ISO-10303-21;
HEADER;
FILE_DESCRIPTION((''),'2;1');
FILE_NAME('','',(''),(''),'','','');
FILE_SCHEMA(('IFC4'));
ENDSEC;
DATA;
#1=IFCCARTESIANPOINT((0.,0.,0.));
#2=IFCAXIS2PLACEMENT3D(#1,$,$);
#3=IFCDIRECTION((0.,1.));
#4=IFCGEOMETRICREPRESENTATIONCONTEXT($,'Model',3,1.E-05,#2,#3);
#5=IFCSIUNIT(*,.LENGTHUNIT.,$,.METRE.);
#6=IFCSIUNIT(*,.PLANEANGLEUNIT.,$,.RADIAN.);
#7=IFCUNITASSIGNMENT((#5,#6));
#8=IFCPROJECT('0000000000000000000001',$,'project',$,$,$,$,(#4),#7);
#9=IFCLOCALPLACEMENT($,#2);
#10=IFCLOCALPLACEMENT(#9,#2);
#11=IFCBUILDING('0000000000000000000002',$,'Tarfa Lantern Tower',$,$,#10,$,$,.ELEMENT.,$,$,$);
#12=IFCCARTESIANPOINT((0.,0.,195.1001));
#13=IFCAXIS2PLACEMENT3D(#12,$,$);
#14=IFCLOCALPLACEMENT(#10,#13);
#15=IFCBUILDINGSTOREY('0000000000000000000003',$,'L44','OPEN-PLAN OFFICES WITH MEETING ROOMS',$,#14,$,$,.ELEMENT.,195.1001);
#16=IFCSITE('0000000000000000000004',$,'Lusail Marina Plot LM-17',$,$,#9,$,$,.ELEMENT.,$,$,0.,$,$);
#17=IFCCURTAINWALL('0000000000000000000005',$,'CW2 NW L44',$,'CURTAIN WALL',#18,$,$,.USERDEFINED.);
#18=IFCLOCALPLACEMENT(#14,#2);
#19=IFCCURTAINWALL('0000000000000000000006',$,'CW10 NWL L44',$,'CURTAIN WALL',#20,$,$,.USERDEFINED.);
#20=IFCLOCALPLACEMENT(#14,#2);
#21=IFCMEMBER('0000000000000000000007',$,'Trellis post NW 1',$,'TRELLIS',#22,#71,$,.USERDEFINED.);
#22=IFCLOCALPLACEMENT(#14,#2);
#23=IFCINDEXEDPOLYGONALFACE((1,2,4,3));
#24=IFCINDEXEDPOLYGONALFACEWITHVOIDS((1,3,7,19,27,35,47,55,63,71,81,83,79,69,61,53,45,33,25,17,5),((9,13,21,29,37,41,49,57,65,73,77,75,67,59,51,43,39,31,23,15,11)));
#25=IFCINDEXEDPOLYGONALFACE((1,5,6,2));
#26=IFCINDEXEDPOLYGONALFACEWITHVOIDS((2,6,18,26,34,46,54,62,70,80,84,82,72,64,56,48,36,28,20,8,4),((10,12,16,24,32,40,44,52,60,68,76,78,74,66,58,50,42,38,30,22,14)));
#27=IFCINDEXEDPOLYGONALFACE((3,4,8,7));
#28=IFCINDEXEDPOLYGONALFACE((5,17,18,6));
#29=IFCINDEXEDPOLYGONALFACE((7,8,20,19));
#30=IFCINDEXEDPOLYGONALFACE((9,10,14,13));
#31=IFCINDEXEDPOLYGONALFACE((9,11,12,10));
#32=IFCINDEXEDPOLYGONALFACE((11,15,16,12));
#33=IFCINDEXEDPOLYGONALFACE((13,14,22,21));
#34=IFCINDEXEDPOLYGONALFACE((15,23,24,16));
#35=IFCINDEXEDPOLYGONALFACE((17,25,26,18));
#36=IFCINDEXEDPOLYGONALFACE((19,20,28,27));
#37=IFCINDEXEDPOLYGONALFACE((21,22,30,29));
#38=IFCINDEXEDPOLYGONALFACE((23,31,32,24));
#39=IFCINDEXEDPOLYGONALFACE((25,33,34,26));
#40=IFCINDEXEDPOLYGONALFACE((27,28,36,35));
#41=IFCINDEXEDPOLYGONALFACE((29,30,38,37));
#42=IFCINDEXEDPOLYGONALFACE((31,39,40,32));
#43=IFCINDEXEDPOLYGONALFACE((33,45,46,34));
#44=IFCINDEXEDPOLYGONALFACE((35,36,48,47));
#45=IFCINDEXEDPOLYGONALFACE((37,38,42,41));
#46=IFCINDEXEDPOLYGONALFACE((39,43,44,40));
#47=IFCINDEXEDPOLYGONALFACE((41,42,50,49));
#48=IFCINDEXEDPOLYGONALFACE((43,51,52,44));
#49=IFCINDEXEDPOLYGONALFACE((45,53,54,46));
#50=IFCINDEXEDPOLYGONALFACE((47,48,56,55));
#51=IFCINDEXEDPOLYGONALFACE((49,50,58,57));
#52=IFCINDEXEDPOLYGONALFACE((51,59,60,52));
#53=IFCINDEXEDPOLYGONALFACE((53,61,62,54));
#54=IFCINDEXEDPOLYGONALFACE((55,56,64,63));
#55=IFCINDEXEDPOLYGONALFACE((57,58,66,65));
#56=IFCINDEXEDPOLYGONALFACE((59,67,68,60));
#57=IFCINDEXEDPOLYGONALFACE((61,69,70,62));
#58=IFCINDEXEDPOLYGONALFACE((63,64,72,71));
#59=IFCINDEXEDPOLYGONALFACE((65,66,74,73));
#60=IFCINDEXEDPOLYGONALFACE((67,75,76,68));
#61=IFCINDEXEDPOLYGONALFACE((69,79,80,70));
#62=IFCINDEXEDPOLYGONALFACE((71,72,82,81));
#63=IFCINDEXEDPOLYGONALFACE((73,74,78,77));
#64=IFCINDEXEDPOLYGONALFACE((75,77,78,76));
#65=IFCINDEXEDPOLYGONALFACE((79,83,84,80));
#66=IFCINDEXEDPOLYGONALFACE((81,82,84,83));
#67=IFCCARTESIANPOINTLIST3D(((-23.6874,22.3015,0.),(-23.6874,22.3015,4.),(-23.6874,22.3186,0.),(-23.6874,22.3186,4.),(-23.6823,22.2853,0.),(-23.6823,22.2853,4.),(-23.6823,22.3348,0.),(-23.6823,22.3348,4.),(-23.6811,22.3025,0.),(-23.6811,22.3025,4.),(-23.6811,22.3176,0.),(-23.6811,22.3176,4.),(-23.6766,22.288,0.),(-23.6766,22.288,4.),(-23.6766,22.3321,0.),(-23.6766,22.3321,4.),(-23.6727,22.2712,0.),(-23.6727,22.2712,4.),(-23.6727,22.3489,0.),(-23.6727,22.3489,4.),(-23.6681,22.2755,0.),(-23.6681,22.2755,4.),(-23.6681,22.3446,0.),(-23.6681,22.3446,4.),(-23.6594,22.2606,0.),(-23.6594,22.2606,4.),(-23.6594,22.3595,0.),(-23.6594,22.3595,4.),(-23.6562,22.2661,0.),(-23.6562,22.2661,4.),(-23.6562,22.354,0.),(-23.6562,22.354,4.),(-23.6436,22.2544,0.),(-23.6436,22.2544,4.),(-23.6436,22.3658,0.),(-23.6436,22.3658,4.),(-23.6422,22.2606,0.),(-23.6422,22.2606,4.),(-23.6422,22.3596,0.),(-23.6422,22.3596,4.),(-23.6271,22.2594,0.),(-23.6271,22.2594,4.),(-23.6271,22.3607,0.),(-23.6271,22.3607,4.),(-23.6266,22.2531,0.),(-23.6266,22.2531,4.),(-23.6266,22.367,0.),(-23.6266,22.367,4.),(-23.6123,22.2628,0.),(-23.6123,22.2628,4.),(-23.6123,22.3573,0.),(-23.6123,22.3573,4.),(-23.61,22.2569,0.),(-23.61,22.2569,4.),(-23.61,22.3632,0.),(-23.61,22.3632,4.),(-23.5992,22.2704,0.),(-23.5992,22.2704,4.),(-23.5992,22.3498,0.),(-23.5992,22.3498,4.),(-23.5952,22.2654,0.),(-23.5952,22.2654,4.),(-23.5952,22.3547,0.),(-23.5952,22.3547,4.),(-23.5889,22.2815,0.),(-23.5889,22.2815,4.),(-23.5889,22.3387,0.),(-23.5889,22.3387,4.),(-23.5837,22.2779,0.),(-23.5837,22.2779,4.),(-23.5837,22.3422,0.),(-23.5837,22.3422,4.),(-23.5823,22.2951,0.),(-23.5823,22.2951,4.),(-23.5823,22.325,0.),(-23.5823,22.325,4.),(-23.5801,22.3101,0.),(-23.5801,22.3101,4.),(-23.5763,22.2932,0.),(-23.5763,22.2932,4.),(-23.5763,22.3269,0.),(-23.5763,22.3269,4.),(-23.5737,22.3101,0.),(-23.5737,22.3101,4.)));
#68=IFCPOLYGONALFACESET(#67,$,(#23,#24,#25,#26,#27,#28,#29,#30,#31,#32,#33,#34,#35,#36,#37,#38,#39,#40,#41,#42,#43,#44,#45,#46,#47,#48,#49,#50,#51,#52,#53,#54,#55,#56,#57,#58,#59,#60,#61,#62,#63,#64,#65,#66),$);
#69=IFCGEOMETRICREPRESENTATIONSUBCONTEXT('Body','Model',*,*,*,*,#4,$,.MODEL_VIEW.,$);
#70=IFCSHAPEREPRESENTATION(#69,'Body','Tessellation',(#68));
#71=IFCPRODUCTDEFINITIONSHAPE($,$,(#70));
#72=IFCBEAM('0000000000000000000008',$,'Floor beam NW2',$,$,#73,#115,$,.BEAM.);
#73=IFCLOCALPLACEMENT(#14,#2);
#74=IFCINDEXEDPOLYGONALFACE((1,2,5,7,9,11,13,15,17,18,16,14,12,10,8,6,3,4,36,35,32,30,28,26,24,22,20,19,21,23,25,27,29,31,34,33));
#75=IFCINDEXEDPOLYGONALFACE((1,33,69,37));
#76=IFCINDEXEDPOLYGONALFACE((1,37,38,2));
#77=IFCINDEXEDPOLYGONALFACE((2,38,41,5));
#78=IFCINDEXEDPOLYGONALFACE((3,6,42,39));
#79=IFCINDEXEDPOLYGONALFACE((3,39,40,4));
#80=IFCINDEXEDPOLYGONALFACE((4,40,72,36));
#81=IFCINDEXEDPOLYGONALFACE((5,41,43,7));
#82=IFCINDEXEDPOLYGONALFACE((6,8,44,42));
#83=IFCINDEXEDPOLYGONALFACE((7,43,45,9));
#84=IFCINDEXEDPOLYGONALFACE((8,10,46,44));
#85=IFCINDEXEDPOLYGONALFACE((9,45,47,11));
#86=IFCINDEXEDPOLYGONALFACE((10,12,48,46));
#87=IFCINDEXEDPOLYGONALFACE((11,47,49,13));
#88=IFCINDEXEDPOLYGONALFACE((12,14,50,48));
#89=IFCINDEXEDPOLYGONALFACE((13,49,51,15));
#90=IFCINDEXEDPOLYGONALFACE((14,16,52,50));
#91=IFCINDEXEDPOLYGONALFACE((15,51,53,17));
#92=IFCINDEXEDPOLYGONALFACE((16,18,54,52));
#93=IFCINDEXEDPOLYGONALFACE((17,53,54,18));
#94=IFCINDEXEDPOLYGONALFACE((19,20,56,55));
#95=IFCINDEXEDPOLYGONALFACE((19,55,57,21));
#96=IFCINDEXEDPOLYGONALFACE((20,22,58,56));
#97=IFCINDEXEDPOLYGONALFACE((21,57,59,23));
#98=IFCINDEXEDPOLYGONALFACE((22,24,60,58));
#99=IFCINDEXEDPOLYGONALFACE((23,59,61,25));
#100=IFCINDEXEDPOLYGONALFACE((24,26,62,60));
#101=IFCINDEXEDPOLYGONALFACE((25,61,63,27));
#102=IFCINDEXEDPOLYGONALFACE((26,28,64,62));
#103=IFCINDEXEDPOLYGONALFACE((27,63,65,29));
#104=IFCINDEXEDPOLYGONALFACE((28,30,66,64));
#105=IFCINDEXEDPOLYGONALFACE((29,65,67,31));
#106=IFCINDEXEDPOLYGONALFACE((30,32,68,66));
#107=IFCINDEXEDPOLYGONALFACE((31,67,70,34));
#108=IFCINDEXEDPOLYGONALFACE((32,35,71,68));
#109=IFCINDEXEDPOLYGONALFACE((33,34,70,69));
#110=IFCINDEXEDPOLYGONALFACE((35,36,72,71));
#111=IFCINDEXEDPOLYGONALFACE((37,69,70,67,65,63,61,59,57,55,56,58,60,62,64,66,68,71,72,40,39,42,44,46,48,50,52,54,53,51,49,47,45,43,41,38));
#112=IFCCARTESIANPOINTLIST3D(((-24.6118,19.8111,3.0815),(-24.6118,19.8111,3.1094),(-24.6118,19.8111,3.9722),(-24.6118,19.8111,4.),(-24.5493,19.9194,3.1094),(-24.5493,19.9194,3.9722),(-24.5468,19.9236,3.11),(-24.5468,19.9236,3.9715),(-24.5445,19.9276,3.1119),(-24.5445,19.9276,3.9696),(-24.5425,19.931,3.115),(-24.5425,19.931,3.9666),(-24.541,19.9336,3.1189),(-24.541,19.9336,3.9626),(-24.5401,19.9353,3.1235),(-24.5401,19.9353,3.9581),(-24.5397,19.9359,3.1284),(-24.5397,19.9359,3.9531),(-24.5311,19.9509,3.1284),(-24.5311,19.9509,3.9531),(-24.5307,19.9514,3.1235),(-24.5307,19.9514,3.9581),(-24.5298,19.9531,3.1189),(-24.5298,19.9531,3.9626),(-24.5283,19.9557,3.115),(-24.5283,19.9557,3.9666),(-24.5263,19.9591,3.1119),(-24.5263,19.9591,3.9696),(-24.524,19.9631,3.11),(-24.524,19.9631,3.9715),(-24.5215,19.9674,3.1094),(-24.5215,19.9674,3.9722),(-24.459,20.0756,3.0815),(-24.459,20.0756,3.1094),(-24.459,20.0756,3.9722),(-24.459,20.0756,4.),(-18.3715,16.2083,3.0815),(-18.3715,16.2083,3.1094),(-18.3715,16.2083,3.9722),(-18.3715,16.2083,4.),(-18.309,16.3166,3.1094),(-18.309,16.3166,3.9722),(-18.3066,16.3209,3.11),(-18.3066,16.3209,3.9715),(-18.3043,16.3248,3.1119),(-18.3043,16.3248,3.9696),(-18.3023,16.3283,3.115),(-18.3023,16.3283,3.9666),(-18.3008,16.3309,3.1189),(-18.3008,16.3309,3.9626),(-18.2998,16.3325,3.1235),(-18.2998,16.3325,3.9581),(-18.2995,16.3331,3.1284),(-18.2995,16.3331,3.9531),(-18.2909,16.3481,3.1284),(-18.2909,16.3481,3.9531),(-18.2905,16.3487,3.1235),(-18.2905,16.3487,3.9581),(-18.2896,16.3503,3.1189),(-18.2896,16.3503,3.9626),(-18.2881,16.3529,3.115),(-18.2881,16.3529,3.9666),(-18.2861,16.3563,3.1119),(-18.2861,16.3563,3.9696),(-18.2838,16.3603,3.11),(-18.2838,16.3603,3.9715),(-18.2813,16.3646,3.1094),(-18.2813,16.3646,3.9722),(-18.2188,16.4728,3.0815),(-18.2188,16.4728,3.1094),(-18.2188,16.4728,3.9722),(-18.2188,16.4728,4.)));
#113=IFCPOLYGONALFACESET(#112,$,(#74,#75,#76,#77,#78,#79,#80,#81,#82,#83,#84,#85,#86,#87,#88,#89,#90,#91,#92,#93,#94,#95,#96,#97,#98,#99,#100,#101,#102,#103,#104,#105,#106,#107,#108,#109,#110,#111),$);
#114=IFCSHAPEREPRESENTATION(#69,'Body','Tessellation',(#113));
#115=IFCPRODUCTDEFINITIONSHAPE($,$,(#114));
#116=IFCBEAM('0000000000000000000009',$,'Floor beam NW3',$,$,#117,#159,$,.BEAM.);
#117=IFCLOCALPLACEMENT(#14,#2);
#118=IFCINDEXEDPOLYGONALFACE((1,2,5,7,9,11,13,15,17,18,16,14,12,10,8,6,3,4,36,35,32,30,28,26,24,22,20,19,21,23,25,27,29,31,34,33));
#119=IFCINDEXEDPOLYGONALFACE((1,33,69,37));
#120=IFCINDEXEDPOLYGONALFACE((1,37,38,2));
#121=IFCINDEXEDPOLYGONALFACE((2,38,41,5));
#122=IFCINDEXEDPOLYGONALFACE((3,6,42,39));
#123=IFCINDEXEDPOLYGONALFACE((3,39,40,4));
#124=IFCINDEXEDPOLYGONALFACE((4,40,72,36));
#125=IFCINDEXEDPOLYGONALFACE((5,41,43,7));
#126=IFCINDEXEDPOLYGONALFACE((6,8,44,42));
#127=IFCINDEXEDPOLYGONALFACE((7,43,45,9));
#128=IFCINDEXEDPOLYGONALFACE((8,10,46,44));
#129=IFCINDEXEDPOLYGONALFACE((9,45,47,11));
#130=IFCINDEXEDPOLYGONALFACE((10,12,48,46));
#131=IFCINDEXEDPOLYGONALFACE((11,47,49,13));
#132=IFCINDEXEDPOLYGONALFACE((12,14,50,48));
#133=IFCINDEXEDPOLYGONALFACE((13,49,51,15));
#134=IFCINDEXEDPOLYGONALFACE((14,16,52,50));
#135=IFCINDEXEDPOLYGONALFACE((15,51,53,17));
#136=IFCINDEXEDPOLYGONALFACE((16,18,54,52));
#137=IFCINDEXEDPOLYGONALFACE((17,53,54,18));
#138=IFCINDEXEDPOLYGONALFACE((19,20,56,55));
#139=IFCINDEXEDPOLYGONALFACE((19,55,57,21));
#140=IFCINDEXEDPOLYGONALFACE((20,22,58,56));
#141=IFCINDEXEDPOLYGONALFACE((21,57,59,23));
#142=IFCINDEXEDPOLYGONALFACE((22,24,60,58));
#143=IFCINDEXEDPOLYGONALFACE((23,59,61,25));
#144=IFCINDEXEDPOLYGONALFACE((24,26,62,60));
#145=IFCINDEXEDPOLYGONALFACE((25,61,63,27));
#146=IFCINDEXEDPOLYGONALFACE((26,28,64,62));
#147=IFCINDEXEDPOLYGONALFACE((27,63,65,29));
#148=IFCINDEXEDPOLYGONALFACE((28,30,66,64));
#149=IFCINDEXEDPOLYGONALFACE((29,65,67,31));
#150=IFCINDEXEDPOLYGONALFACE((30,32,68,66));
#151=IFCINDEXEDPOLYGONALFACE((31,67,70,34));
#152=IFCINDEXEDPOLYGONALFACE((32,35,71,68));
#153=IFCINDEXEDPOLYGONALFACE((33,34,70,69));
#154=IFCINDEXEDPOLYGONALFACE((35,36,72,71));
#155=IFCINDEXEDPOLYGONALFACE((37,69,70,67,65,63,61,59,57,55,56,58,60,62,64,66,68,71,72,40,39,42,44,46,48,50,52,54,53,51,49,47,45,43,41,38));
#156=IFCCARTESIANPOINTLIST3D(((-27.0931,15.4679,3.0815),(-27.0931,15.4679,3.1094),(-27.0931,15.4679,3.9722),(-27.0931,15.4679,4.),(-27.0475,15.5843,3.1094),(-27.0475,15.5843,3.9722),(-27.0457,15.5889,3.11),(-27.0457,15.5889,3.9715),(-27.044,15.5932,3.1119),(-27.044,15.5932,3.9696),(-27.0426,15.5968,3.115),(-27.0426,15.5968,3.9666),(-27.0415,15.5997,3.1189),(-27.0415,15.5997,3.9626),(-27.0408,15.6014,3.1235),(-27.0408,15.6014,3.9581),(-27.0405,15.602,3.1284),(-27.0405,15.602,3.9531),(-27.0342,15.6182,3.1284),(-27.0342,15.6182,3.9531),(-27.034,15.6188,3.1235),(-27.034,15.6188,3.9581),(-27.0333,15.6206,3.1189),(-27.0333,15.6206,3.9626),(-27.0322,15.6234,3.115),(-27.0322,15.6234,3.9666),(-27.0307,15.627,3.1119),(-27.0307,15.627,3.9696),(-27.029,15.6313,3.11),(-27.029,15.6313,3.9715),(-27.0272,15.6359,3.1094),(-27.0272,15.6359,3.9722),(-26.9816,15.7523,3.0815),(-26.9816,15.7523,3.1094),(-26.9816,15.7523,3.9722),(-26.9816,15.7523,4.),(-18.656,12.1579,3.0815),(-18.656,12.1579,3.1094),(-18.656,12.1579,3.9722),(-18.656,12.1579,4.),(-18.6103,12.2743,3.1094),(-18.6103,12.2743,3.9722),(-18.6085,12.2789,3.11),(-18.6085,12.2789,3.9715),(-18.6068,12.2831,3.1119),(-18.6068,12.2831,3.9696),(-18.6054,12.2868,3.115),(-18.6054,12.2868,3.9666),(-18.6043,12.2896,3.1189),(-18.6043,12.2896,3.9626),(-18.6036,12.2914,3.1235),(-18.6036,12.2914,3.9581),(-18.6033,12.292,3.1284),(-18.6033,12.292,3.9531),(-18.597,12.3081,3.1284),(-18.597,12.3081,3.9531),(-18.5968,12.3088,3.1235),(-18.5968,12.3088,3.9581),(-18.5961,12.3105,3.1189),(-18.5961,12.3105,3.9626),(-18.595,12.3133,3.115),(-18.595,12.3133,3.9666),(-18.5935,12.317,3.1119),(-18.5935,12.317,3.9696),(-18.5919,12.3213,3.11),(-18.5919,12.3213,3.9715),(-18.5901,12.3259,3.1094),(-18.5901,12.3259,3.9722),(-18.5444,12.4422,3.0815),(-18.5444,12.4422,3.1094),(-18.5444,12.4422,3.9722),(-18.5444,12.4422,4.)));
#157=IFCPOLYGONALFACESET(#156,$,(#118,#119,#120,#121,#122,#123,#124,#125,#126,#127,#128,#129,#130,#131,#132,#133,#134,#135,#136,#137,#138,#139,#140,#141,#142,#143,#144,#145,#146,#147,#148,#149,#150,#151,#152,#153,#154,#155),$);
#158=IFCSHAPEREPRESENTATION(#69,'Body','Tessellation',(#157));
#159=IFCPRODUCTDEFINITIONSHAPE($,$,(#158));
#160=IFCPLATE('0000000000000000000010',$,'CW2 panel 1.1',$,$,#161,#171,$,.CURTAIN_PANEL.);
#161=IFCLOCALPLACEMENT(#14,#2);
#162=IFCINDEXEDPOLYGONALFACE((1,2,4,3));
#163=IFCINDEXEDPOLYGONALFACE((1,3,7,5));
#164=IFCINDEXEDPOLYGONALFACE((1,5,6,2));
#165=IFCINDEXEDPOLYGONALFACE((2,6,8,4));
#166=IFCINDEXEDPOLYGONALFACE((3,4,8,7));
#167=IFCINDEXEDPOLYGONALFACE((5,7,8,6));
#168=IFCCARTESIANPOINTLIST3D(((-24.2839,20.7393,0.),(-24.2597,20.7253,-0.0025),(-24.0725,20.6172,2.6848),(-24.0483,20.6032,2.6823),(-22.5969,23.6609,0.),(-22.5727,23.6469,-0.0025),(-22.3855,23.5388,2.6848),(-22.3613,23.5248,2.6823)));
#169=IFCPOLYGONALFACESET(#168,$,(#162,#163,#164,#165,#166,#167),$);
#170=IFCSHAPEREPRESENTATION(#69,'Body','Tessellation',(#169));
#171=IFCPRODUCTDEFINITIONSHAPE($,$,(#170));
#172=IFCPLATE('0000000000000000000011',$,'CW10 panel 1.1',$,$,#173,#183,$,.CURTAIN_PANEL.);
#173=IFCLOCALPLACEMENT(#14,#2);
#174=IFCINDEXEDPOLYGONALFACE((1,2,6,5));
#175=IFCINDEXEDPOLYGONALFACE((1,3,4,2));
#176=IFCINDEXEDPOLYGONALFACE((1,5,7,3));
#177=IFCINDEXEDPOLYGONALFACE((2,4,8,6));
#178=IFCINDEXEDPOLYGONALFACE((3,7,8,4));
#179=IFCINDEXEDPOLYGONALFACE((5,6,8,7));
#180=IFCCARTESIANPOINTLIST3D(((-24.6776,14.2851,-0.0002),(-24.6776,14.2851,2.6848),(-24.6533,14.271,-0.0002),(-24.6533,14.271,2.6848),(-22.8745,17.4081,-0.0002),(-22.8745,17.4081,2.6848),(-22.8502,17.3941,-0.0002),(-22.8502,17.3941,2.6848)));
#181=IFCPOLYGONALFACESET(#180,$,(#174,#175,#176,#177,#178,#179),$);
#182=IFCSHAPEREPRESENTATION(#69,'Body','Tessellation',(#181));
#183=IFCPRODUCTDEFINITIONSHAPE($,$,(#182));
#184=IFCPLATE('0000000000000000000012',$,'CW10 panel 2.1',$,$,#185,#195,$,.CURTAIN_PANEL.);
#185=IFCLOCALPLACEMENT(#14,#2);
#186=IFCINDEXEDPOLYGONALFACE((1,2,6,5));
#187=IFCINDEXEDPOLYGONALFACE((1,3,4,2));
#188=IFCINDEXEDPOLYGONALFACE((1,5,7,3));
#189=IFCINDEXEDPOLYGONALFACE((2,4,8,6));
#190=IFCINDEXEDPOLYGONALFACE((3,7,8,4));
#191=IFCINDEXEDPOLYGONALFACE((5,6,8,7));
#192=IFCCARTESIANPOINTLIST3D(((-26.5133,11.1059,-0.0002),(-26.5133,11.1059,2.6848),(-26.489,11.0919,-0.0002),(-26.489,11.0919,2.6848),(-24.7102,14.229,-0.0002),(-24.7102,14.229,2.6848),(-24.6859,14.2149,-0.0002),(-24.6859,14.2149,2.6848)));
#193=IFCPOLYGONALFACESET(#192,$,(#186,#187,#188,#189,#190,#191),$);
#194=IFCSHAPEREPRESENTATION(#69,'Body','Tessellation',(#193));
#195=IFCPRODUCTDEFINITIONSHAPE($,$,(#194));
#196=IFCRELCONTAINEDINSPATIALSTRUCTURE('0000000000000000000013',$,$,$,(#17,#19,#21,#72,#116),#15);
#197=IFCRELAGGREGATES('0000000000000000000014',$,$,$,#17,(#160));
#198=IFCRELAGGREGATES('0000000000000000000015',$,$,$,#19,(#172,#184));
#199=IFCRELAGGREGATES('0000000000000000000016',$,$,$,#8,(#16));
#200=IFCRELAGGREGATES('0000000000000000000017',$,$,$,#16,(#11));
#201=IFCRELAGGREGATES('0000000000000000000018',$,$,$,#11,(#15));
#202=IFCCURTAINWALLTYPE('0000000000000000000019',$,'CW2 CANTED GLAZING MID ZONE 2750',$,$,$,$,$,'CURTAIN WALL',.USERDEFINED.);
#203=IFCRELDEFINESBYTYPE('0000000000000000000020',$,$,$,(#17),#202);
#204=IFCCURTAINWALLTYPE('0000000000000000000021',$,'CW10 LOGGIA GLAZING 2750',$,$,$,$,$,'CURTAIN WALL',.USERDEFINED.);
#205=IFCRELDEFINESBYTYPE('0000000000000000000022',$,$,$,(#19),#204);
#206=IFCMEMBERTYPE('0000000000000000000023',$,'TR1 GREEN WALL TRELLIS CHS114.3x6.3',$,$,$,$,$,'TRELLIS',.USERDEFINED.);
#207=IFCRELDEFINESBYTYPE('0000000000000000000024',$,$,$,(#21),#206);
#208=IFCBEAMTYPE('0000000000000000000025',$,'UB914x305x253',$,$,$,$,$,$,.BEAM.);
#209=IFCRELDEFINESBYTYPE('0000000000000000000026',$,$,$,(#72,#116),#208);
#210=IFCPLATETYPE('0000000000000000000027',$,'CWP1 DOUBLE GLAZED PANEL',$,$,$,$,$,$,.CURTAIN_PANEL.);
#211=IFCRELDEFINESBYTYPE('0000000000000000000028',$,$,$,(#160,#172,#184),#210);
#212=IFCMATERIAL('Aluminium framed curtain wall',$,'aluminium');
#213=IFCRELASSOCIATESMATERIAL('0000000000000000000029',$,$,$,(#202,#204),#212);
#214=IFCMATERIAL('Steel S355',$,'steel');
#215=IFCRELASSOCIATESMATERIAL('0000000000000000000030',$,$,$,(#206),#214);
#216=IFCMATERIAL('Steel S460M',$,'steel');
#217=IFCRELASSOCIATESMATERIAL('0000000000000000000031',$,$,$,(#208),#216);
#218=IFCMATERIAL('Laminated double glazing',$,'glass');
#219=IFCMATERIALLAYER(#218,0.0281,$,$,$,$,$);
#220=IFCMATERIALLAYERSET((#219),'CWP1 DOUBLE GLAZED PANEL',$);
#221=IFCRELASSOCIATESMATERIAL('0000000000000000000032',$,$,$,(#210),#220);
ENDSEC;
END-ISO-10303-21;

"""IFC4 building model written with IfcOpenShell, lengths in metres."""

from ifc_helpers import new_model, si_unit, direction, frame, origin, origin_2d, place, context, subcontext, project, spatial, polyline, rectangle, hollow_circle, i_section, outline, extrude, material, layer, layer_set, material_profile, profile_set, type_object, element, aggregate, save


model = new_model("IFC4")

# Units and contexts
model_context = context("Model", 3, precision=1e-05, world=origin(), true_north=direction((0.0, 1.0)))
body_context = subcontext(model_context, "Body", "Model", "MODEL_VIEW")
ifc_project = project(units=[si_unit("LENGTHUNIT", "METRE"), si_unit("PLANEANGLEUNIT", "RADIAN")], contexts=[model_context])

# Site, building, storey
site_placement = place(None, origin())
site = spatial("IfcSite", under=ifc_project, at=site_placement, Name="Lusail Marina Plot LM-17", CompositionType="ELEMENT", RefElevation=0.0)
building_placement = place(site_placement, origin())
building = spatial("IfcBuilding", under=site, at=building_placement, Name="Tarfa Lantern Tower", CompositionType="ELEMENT")
storey_placement = place(building_placement, frame((0.0, 0.0, 195.1001)))
storey = spatial("IfcBuildingStorey", under=building, at=storey_placement, Name="L44", Description="OPEN-PLAN OFFICES WITH MEETING ROOMS", CompositionType="ELEMENT", Elevation=195.1001)

# Curtain walls
ifc_material_1 = material(Name="Aluminium framed curtain wall", Category="aluminium")
curtain_wall_type_1 = type_object("IfcCurtainWallType", Name="CW2 CANTED GLAZING MID ZONE 2750", ElementType="CURTAIN WALL", PredefinedType="USERDEFINED", material=ifc_material_1)
curtain_wall_1_placement = place(storey_placement, origin())
curtain_wall_1 = element("IfcCurtainWall", 1, at=curtain_wall_1_placement, inside=storey, type_object=curtain_wall_type_1, Name="CW2 NW L44", ObjectType="CURTAIN WALL", PredefinedType="USERDEFINED")
curtain_wall_type_2 = type_object("IfcCurtainWallType", Name="CW10 LOGGIA GLAZING 2750", ElementType="CURTAIN WALL", PredefinedType="USERDEFINED", material=ifc_material_1)
curtain_wall_2_placement = place(storey_placement, origin())
curtain_wall_2 = element("IfcCurtainWall", 2, at=curtain_wall_2_placement, inside=storey, type_object=curtain_wall_type_2, Name="CW10 NWL L44", ObjectType="CURTAIN WALL", PredefinedType="USERDEFINED")

# Member
ifc_material_2 = material(Name="Steel S355", Category="steel")
ifc_material_profile_1 = material_profile(ifc_material_2, hollow_circle(Radius=0.0571, WallThickness=0.0063, at=origin_2d()), Name="CHS114.3x6.3")
ifc_profile_set_1 = profile_set([ifc_material_profile_1], Name="Steel S355")
member_type_1 = type_object("IfcMemberType", Name="TR1 GREEN WALL TRELLIS CHS114.3x6.3", ElementType="TRELLIS", PredefinedType="USERDEFINED", material=ifc_profile_set_1)
member_1_placement = place(storey_placement, frame((-23.6309, 22.3101, 0.0), z_axis=(0.0, 0.0, 1.0), x_axis=(1.0, 0.0, 0.0)))
element("IfcMember", 3, at=member_1_placement, inside=storey, type_object=member_type_1, Name="Trellis post NW 1", ObjectType="TRELLIS", PredefinedType="USERDEFINED", context=body_context, shape_type="SweptSolid", body=[
    extrude(hollow_circle(Radius=0.0571, WallThickness=0.0063, at=origin_2d()), origin(), (0.0, 0.0, 1.0), 4.0),
])

# Beams
ifc_material_3 = material(Name="Steel S460M", Category="steel")
ifc_material_profile_2 = material_profile(ifc_material_3, i_section(OverallWidth=0.3054, OverallDepth=0.9185, WebThickness=0.0173, FlangeThickness=0.0278, FilletRadius=0.019, at=origin_2d()), Name="UB914x305x253")
ifc_profile_set_2 = profile_set([ifc_material_profile_2], Name="Steel S460M")
beam_type_1 = type_object("IfcBeamType", Name="UB914x305x253", PredefinedType="BEAM", material=ifc_profile_set_2)
beam_1_placement = place(storey_placement, frame((-24.5354, 19.9434, 3.5408), z_axis=(0.866026, -0.499998, 0.0), x_axis=(0.499998, 0.866026, 0.0)))
element("IfcBeam", 4, at=beam_1_placement, inside=storey, type_object=beam_type_1, Name="Floor beam NW2", PredefinedType="BEAM", context=body_context, shape_type="SweptSolid", body=[
    extrude(i_section(OverallWidth=0.3054, OverallDepth=0.9185, WebThickness=0.0173, FlangeThickness=0.0278, FilletRadius=0.019, at=origin_2d()), origin(), (0.0, 0.0, 1.0), 7.2056),
])
beam_2_placement = place(storey_placement, frame((-27.0374, 15.6101, 3.5408), z_axis=(0.930923, -0.365215, 0.0), x_axis=(0.365215, 0.930923, 0.0)))
element("IfcBeam", 5, at=beam_2_placement, inside=storey, type_object=beam_type_1, Name="Floor beam NW3", PredefinedType="BEAM", context=body_context, shape_type="SweptSolid", body=[
    extrude(i_section(OverallWidth=0.3054, OverallDepth=0.9185, WebThickness=0.0173, FlangeThickness=0.0278, FilletRadius=0.019, at=origin_2d()), origin(), (0.0, 0.0, 1.0), 9.0632),
])

# Plates
ifc_material_4 = material(Name="Laminated double glazing", Category="glass")
ifc_layer_1 = layer(ifc_material_4, 0.0281)
ifc_layer_set_1 = layer_set([ifc_layer_1], Name="CWP1 DOUBLE GLAZED PANEL")
plate_type_1 = type_object("IfcPlateType", Name="CWP1 DOUBLE GLAZED PANEL", PredefinedType="CURTAIN_PANEL", material=ifc_layer_set_1)
plate_1_placement = place(storey_placement, frame((-22.5969, 23.6609, 0.0), z_axis=(-0.862441, 0.497991, 0.090558), x_axis=(-0.500046, -0.865999, 0.0)))
plate_1 = element("IfcPlate", 6, at=plate_1_placement, type_object=plate_type_1, Name="CW2 panel 1.1", PredefinedType="CURTAIN_PANEL", context=body_context, shape_type="SweptSolid", body=[
    extrude(outline(polyline([(0.0, 0.0), (3.3737, 0.0), (3.3737, 2.6959), (0.0, 2.6959), (0.0, 0.0)])), origin(), (0.0, 0.0, -1.0), 0.0281),
])
aggregate(curtain_wall_1, [plate_1])
plate_2_placement = place(storey_placement, frame((-23.7639, 15.8396, -0.0002), z_axis=(0.0, 0.0, 1.0), x_axis=(-0.5, -0.866025, 0.0)))
plate_2 = element("IfcPlate", 7, at=plate_2_placement, type_object=plate_type_1, Name="CW10 panel 1.1", PredefinedType="CURTAIN_PANEL", context=body_context, shape_type="SweptSolid", body=[
    extrude(rectangle(XDim=3.6062, YDim=0.0281, at=origin_2d()), origin(), (0.0, 0.0, 1.0), 2.6851),
])
plate_3_placement = place(storey_placement, frame((-25.5996, 12.6604, -0.0002), z_axis=(0.0, 0.0, 1.0), x_axis=(-0.5, -0.866025, 0.0)))
plate_3 = element("IfcPlate", 8, at=plate_3_placement, type_object=plate_type_1, Name="CW10 panel 2.1", PredefinedType="CURTAIN_PANEL", context=body_context, shape_type="SweptSolid", body=[
    extrude(rectangle(XDim=3.6062, YDim=0.0281, at=origin_2d()), origin(), (0.0, 0.0, 1.0), 2.6851),
])
aggregate(curtain_wall_2, [plate_2, plate_3])

save(model, "model.ifc")
